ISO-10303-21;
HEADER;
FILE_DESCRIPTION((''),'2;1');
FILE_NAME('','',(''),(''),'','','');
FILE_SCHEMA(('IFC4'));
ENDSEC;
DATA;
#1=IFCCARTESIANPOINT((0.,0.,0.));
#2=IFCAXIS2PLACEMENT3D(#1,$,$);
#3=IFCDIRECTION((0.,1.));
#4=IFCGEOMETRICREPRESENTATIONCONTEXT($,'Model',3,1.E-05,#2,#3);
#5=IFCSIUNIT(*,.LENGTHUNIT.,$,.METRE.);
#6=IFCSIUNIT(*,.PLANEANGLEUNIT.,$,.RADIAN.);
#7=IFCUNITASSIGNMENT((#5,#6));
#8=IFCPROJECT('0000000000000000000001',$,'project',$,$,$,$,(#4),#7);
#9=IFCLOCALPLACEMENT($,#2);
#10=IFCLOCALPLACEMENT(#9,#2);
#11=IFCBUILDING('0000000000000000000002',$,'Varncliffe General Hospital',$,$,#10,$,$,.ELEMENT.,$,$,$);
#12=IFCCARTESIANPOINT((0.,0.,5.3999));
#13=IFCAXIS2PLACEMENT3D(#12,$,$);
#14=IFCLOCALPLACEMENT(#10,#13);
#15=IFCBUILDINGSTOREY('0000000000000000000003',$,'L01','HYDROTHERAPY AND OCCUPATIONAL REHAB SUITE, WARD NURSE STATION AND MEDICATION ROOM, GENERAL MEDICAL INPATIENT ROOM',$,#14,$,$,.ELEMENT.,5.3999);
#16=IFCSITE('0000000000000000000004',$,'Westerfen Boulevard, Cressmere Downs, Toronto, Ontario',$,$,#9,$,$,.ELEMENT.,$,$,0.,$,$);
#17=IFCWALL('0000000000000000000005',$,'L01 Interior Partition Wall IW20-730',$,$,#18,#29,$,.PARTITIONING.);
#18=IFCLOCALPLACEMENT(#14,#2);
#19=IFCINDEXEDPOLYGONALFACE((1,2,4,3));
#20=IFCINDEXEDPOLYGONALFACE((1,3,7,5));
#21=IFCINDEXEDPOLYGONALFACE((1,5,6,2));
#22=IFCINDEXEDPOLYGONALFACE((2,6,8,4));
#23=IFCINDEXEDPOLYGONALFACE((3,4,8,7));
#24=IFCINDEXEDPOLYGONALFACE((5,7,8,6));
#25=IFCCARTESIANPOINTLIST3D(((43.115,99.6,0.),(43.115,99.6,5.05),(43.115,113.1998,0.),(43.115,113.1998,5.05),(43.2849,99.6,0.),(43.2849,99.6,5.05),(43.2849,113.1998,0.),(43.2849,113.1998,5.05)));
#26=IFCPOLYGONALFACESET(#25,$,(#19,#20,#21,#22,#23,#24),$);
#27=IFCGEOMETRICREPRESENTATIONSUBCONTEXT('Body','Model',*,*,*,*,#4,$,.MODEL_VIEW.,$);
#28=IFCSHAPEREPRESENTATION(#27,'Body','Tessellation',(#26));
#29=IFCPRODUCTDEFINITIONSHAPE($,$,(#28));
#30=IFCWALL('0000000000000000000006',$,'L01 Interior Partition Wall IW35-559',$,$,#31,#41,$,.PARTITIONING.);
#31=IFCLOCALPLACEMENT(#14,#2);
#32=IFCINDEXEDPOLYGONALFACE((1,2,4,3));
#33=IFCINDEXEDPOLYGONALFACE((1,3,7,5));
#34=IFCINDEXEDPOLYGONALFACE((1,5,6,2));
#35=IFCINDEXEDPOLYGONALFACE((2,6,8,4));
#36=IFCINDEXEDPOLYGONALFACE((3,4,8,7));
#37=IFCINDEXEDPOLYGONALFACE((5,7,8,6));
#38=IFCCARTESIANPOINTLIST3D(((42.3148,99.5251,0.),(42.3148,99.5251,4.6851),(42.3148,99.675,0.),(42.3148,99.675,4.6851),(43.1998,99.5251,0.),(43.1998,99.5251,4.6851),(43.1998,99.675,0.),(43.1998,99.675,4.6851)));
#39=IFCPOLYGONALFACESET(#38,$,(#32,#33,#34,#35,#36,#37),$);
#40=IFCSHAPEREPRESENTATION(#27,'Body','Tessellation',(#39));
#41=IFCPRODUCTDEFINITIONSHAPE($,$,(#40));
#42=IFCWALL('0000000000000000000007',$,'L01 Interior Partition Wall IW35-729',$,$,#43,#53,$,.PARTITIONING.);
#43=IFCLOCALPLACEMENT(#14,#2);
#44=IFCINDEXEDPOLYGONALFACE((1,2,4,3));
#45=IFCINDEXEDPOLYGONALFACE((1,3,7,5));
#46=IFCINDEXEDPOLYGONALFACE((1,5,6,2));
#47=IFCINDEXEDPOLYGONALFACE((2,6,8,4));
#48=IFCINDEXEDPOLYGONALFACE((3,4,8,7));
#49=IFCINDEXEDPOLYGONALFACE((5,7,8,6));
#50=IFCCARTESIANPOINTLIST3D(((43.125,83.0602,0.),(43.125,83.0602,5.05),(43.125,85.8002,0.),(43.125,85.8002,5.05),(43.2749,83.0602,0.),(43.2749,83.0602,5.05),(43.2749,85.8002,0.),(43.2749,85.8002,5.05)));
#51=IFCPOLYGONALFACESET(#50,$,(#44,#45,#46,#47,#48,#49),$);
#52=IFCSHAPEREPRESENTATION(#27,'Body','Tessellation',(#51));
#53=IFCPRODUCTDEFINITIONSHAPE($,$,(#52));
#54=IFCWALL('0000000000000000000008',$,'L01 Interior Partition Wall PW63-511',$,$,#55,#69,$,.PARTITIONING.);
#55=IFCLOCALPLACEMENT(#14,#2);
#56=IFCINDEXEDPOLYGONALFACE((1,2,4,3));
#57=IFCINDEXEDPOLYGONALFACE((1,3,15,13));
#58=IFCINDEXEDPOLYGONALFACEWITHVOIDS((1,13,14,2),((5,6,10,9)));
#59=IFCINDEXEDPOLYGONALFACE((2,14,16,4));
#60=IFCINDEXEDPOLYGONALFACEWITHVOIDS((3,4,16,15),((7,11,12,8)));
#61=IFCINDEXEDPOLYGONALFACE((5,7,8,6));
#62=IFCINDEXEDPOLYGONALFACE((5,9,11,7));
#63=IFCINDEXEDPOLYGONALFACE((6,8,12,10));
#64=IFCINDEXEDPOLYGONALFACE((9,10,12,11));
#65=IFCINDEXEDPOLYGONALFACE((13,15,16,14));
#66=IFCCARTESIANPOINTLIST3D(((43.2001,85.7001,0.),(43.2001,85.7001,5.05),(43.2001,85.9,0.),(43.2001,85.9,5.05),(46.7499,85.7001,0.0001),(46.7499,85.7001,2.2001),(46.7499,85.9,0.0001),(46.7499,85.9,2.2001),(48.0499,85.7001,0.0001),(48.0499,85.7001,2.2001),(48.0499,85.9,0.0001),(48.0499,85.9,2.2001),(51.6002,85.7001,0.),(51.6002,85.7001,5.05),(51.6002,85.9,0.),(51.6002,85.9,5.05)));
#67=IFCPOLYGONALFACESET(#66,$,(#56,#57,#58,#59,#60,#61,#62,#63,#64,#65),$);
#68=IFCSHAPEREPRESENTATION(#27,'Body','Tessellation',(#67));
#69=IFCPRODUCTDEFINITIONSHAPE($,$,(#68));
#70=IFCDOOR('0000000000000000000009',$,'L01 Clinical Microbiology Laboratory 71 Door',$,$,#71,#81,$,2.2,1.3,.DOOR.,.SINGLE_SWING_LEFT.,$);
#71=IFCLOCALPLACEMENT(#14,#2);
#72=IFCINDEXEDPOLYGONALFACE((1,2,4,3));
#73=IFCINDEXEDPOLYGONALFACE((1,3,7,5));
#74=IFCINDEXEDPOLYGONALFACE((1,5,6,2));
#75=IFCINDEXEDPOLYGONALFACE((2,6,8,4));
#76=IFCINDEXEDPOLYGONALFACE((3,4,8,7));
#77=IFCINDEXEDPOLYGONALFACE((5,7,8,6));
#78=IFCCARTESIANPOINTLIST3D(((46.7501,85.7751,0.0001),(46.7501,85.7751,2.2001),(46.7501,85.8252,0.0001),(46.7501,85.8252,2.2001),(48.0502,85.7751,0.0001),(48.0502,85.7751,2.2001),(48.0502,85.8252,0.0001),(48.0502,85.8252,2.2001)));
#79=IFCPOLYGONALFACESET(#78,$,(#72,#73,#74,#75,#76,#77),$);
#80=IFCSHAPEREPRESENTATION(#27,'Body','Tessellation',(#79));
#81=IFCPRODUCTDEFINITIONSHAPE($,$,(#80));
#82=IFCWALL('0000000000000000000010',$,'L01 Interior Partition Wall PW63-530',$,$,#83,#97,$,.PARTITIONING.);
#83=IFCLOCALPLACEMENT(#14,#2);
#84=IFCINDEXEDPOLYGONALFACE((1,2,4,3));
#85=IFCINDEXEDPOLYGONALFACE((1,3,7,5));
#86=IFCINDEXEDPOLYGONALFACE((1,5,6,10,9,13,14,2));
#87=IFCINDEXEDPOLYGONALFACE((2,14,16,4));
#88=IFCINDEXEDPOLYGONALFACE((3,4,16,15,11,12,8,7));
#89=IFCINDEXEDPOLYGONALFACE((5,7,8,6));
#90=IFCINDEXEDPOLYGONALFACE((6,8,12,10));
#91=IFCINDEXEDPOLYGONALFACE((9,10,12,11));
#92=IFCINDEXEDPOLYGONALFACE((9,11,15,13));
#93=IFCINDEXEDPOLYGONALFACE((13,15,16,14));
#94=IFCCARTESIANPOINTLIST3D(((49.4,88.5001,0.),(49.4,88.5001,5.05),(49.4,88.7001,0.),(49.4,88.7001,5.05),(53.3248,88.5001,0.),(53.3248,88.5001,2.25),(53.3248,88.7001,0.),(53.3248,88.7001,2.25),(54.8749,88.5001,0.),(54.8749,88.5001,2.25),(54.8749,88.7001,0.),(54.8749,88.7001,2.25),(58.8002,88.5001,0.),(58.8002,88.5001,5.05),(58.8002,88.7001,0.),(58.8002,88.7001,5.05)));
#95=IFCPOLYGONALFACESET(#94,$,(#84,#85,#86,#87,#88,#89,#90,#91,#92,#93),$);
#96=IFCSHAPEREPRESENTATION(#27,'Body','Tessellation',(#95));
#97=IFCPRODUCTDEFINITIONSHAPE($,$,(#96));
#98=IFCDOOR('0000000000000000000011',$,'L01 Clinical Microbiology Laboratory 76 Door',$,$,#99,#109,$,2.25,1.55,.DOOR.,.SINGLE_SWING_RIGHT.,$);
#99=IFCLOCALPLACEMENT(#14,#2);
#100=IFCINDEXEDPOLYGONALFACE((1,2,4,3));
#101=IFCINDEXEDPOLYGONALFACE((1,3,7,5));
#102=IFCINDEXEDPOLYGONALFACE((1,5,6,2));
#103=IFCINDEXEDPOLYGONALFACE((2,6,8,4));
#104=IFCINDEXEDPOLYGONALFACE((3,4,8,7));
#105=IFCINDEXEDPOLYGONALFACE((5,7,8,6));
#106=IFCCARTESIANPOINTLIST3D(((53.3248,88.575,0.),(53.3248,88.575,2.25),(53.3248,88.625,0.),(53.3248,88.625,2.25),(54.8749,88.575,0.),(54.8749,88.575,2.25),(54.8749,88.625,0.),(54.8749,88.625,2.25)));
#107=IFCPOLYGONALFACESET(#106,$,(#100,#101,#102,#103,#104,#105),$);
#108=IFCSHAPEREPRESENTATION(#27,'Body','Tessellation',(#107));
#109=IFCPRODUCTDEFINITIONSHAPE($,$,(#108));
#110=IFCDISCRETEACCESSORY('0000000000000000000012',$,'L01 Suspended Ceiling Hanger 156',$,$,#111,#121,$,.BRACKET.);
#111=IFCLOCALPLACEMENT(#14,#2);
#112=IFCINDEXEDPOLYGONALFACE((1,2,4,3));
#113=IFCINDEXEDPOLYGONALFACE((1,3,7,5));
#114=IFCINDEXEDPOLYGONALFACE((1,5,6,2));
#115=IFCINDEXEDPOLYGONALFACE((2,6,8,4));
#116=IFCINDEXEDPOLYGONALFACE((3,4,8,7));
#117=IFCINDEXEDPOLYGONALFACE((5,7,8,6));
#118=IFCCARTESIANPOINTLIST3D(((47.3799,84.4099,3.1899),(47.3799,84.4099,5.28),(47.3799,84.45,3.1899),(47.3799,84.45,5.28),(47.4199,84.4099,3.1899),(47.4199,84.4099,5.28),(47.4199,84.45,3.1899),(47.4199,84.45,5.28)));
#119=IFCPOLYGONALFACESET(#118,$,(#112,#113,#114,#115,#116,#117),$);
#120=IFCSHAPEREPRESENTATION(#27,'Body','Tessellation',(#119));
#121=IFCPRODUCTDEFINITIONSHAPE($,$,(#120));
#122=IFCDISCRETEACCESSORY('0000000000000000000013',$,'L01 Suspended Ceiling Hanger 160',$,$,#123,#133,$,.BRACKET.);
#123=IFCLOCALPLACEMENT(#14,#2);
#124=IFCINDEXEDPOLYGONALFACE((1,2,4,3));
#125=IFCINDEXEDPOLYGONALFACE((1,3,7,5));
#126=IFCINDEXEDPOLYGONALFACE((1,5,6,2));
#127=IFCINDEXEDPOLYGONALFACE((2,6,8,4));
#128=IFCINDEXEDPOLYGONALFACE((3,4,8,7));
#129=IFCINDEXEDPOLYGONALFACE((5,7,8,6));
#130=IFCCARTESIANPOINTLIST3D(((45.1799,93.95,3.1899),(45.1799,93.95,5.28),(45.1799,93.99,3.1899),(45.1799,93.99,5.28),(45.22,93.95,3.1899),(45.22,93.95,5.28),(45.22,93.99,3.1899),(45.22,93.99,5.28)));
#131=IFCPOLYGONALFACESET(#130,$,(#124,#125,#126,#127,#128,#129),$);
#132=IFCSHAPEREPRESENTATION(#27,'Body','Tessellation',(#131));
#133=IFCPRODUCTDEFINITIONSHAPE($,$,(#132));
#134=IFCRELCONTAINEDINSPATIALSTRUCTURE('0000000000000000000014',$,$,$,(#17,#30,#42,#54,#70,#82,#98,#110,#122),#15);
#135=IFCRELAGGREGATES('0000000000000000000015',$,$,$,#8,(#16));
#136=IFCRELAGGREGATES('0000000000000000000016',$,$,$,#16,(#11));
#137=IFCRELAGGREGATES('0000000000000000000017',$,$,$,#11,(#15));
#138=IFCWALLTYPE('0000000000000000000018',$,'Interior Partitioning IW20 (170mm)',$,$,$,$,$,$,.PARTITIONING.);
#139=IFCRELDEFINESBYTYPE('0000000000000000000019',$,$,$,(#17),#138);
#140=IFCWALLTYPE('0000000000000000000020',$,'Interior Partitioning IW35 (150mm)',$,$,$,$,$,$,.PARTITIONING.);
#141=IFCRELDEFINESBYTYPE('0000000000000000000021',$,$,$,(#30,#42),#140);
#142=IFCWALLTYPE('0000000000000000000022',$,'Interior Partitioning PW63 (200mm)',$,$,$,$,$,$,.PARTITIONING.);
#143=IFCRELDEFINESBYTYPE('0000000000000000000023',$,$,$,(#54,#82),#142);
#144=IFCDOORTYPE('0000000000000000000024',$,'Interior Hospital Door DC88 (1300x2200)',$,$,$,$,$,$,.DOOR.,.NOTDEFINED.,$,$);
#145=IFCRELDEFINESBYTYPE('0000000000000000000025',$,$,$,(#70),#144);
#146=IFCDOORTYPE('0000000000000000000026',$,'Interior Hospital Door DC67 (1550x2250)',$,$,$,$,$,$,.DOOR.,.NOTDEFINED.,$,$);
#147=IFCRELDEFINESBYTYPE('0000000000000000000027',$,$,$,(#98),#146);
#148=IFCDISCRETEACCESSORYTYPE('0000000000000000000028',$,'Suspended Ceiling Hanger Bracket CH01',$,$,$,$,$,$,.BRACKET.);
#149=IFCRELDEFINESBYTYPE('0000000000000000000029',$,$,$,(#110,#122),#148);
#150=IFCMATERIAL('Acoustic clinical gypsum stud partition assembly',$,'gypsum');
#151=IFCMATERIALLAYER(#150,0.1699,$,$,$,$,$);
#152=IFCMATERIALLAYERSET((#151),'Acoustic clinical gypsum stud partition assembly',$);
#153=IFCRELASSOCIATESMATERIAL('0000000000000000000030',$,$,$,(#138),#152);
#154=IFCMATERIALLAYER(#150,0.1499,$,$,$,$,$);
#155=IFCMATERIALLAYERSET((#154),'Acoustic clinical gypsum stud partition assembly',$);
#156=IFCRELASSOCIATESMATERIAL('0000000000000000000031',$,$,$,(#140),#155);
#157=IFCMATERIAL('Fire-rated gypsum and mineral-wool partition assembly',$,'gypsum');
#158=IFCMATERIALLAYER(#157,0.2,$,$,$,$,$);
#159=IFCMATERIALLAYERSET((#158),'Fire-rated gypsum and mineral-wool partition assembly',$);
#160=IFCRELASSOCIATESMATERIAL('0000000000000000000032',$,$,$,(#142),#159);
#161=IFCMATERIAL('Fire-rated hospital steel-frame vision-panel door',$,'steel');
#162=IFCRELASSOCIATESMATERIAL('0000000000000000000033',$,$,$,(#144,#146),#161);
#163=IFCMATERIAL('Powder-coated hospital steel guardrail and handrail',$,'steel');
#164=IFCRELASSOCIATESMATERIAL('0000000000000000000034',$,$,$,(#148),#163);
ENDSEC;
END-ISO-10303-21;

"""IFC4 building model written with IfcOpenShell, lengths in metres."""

from ifc_helpers import new_model, si_unit, direction, frame, frame_2d, origin, origin_2d, place, context, subcontext, project, spatial, rectangle, extrude, material, layer, layer_set, type_object, element, fill, save


model = new_model("IFC4")

# Units and contexts
model_context = context("Model", 3, precision=1e-05, world=origin(), true_north=direction((0.0, 1.0)))
body_context = subcontext(model_context, "Body", "Model", "MODEL_VIEW")
ifc_project = project(units=[si_unit("LENGTHUNIT", "METRE"), si_unit("PLANEANGLEUNIT", "RADIAN")], contexts=[model_context])

# Site, building, storey
site_placement = place(None, origin())
site = spatial("IfcSite", under=ifc_project, at=site_placement, Name="Westerfen Boulevard, Cressmere Downs, Toronto, Ontario", CompositionType="ELEMENT", RefElevation=0.0)
building_placement = place(site_placement, origin())
building = spatial("IfcBuilding", under=site, at=building_placement, Name="Varncliffe General Hospital", CompositionType="ELEMENT")
storey_placement = place(building_placement, frame((0.0, 0.0, 5.3999)))
storey = spatial("IfcBuildingStorey", under=building, at=storey_placement, Name="L01", Description="HYDROTHERAPY AND OCCUPATIONAL REHAB SUITE, WARD NURSE STATION AND MEDICATION ROOM, GENERAL MEDICAL INPATIENT ROOM", CompositionType="ELEMENT", Elevation=5.3999)

# Walls
ifc_material_1 = material(Name="Acoustic clinical gypsum stud partition assembly", Category="gypsum")
ifc_layer_1 = layer(ifc_material_1, 0.1699)
ifc_layer_set_1 = layer_set([ifc_layer_1], Name="Acoustic clinical gypsum stud partition assembly")
wall_type_1 = type_object("IfcWallType", Name="Interior Partitioning IW20 (170mm)", PredefinedType="PARTITIONING", material=ifc_layer_set_1)
wall_1_placement = place(storey_placement, frame((43.2, 99.6001, 0.0), z_axis=(0.0, 0.0, 1.0), x_axis=(0.0, 1.0, 0.0)))
element("IfcWall", 1, at=wall_1_placement, inside=storey, type_object=wall_type_1, Name="L01 Interior Partition Wall IW20-730", PredefinedType="PARTITIONING", context=body_context, shape_type="SweptSolid", body=[
    extrude(rectangle(XDim=13.5999, YDim=0.1699, at=frame_2d((6.7998, 0.0))), origin(), (0.0, 0.0, 1.0), 5.05),
])
ifc_layer_2 = layer(ifc_material_1, 0.1499)
ifc_layer_set_2 = layer_set([ifc_layer_2], Name="Acoustic clinical gypsum stud partition assembly")
wall_type_2 = type_object("IfcWallType", Name="Interior Partitioning IW35 (150mm)", PredefinedType="PARTITIONING", material=ifc_layer_set_2)
wall_2_placement = place(storey_placement, frame((42.3149, 99.6001, 0.0), z_axis=(0.0, 0.0, 1.0), x_axis=(1.0, 0.0, 0.0)))
element("IfcWall", 2, at=wall_2_placement, inside=storey, type_object=wall_type_2, Name="L01 Interior Partition Wall IW35-559", PredefinedType="PARTITIONING", context=body_context, shape_type="SweptSolid", body=[
    extrude(rectangle(XDim=0.885, YDim=0.1499, at=frame_2d((0.4424, 0.0))), origin(), (0.0, 0.0, 1.0), 4.6851),
])
wall_3_placement = place(storey_placement, frame((43.2, 83.0601, 0.0), z_axis=(0.0, 0.0, 1.0), x_axis=(0.0, 1.0, 0.0)))
element("IfcWall", 3, at=wall_3_placement, inside=storey, type_object=wall_type_2, Name="L01 Interior Partition Wall IW35-729", PredefinedType="PARTITIONING", context=body_context, shape_type="SweptSolid", body=[
    extrude(rectangle(XDim=2.74, YDim=0.1499, at=frame_2d((1.3701, 0.0))), origin(), (0.0, 0.0, 1.0), 5.05),
])

# Walls, openings, doors
ifc_material_2 = material(Name="Fire-rated gypsum and mineral-wool partition assembly", Category="gypsum")
ifc_layer_3 = layer(ifc_material_2, 0.2)
ifc_layer_set_3 = layer_set([ifc_layer_3], Name="Fire-rated gypsum and mineral-wool partition assembly")
wall_type_3 = type_object("IfcWallType", Name="Interior Partitioning PW63 (200mm)", PredefinedType="PARTITIONING", material=ifc_layer_set_3)
wall_4_placement = place(storey_placement, frame((43.2, 85.8, 0.0), z_axis=(0.0, 0.0, 1.0), x_axis=(1.0, 0.0, 0.0)))
wall_4 = element("IfcWall", 4, at=wall_4_placement, inside=storey, type_object=wall_type_3, Name="L01 Interior Partition Wall PW63-511", PredefinedType="PARTITIONING", context=body_context, shape_type="SweptSolid", body=[
    extrude(rectangle(XDim=8.4001, YDim=0.2, at=frame_2d((4.2002, 0.0))), origin(), (0.0, 0.0, 1.0), 5.05),
])
opening_1_placement = place(wall_4_placement, frame((3.55, 0.0, 0.0)))
opening_1 = element("IfcOpeningElement", 5, at=opening_1_placement, cuts=wall_4, PredefinedType="OPENING", context=body_context, shape_type="SweptSolid", body=[
    extrude(rectangle(XDim=1.3, YDim=2.2, at=frame_2d((0.6499, 1.1001))), frame((0.0, 0.1099, 0.0), z_axis=(0.0, -1.0, 0.0), x_axis=(1.0, 0.0, 0.0)), (0.0, 0.0, 1.0), 0.22),
])
ifc_material_3 = material(Name="Fire-rated hospital steel-frame vision-panel door", Category="steel")
door_type_1 = type_object("IfcDoorType", Name="Interior Hospital Door DC88 (1300x2200)", OperationType="NOTDEFINED", PredefinedType="DOOR", material=ifc_material_3)
door_1_placement = place(opening_1_placement, frame((1.3, 0.0, 0.0), z_axis=(0.0, 0.0, 1.0), x_axis=(-1.0, 0.0, 0.0)))
door_1 = element("IfcDoor", 6, at=door_1_placement, inside=storey, type_object=door_type_1, Name="L01 Clinical Microbiology Laboratory 71 Door", OperationType="SINGLE_SWING_LEFT", OverallHeight=2.2, OverallWidth=1.3, PredefinedType="DOOR", context=body_context, shape_type="SweptSolid", body=[
    extrude(rectangle(XDim=1.3, YDim=2.2, at=frame_2d((0.6499, 1.1001))), frame((0.0, 0.0249, 0.0), z_axis=(0.0, -1.0, 0.0), x_axis=(1.0, 0.0, 0.0)), (0.0, 0.0, 1.0), 0.05),
])
fill(opening_1, door_1)
wall_5_placement = place(storey_placement, frame((49.3999, 88.6001, 0.0), z_axis=(0.0, 0.0, 1.0), x_axis=(1.0, 0.0, 0.0)))
wall_5 = element("IfcWall", 7, at=wall_5_placement, inside=storey, type_object=wall_type_3, Name="L01 Interior Partition Wall PW63-530", PredefinedType="PARTITIONING", context=body_context, shape_type="SweptSolid", body=[
    extrude(rectangle(XDim=9.4001, YDim=0.2, at=frame_2d((4.7002, 0.0))), origin(), (0.0, 0.0, 1.0), 5.05),
])
opening_2_placement = place(wall_5_placement, frame((3.925, 0.0, 0.0)))
opening_2 = element("IfcOpeningElement", 8, at=opening_2_placement, cuts=wall_5, PredefinedType="OPENING", context=body_context, shape_type="SweptSolid", body=[
    extrude(rectangle(XDim=1.55, YDim=2.25, at=frame_2d((0.7749, 1.125))), frame((0.0, 0.1099, 0.0), z_axis=(0.0, -1.0, 0.0), x_axis=(1.0, 0.0, 0.0)), (0.0, 0.0, 1.0), 0.22),
])
door_type_2 = type_object("IfcDoorType", Name="Interior Hospital Door DC67 (1550x2250)", OperationType="NOTDEFINED", PredefinedType="DOOR", material=ifc_material_3)
door_2_placement = place(opening_2_placement, origin())
door_2 = element("IfcDoor", 9, at=door_2_placement, inside=storey, type_object=door_type_2, Name="L01 Clinical Microbiology Laboratory 76 Door", OperationType="SINGLE_SWING_RIGHT", OverallHeight=2.25, OverallWidth=1.55, PredefinedType="DOOR", context=body_context, shape_type="SweptSolid", body=[
    extrude(rectangle(XDim=1.55, YDim=2.25, at=frame_2d((0.7749, 1.125))), frame((0.0, 0.0249, 0.0), z_axis=(0.0, -1.0, 0.0), x_axis=(1.0, 0.0, 0.0)), (0.0, 0.0, 1.0), 0.05),
])
fill(opening_2, door_2)

# Discrete accessories
ifc_material_4 = material(Name="Powder-coated hospital steel guardrail and handrail", Category="steel")
discrete_accessory_type = type_object("IfcDiscreteAccessoryType", Name="Suspended Ceiling Hanger Bracket CH01", PredefinedType="BRACKET", material=ifc_material_4)
for number, where, z_axis, x_axis, name in (
    (10, (47.3999, 84.4299, 3.1899), (0.0, 0.0, 1.0), (1.0, 0.0, 0.0), "L01 Suspended Ceiling Hanger 156"),
    (11, (45.2, 93.97, 3.1899), (0.0, 0.0, 1.0), (1.0, 0.0, 0.0), "L01 Suspended Ceiling Hanger 160"),
):
    element("IfcDiscreteAccessory", number, at=place(storey_placement, frame(where, z_axis=z_axis, x_axis=x_axis)), inside=storey, type_object=discrete_accessory_type, Name=name, PredefinedType="BRACKET", context=body_context, shape_type="SweptSolid", body=[
        extrude(rectangle(XDim=0.04, YDim=0.04, at=origin_2d()), origin(), (0.0, 0.0, 1.0), 2.0901),
    ])

save(model, "model.ifc")
